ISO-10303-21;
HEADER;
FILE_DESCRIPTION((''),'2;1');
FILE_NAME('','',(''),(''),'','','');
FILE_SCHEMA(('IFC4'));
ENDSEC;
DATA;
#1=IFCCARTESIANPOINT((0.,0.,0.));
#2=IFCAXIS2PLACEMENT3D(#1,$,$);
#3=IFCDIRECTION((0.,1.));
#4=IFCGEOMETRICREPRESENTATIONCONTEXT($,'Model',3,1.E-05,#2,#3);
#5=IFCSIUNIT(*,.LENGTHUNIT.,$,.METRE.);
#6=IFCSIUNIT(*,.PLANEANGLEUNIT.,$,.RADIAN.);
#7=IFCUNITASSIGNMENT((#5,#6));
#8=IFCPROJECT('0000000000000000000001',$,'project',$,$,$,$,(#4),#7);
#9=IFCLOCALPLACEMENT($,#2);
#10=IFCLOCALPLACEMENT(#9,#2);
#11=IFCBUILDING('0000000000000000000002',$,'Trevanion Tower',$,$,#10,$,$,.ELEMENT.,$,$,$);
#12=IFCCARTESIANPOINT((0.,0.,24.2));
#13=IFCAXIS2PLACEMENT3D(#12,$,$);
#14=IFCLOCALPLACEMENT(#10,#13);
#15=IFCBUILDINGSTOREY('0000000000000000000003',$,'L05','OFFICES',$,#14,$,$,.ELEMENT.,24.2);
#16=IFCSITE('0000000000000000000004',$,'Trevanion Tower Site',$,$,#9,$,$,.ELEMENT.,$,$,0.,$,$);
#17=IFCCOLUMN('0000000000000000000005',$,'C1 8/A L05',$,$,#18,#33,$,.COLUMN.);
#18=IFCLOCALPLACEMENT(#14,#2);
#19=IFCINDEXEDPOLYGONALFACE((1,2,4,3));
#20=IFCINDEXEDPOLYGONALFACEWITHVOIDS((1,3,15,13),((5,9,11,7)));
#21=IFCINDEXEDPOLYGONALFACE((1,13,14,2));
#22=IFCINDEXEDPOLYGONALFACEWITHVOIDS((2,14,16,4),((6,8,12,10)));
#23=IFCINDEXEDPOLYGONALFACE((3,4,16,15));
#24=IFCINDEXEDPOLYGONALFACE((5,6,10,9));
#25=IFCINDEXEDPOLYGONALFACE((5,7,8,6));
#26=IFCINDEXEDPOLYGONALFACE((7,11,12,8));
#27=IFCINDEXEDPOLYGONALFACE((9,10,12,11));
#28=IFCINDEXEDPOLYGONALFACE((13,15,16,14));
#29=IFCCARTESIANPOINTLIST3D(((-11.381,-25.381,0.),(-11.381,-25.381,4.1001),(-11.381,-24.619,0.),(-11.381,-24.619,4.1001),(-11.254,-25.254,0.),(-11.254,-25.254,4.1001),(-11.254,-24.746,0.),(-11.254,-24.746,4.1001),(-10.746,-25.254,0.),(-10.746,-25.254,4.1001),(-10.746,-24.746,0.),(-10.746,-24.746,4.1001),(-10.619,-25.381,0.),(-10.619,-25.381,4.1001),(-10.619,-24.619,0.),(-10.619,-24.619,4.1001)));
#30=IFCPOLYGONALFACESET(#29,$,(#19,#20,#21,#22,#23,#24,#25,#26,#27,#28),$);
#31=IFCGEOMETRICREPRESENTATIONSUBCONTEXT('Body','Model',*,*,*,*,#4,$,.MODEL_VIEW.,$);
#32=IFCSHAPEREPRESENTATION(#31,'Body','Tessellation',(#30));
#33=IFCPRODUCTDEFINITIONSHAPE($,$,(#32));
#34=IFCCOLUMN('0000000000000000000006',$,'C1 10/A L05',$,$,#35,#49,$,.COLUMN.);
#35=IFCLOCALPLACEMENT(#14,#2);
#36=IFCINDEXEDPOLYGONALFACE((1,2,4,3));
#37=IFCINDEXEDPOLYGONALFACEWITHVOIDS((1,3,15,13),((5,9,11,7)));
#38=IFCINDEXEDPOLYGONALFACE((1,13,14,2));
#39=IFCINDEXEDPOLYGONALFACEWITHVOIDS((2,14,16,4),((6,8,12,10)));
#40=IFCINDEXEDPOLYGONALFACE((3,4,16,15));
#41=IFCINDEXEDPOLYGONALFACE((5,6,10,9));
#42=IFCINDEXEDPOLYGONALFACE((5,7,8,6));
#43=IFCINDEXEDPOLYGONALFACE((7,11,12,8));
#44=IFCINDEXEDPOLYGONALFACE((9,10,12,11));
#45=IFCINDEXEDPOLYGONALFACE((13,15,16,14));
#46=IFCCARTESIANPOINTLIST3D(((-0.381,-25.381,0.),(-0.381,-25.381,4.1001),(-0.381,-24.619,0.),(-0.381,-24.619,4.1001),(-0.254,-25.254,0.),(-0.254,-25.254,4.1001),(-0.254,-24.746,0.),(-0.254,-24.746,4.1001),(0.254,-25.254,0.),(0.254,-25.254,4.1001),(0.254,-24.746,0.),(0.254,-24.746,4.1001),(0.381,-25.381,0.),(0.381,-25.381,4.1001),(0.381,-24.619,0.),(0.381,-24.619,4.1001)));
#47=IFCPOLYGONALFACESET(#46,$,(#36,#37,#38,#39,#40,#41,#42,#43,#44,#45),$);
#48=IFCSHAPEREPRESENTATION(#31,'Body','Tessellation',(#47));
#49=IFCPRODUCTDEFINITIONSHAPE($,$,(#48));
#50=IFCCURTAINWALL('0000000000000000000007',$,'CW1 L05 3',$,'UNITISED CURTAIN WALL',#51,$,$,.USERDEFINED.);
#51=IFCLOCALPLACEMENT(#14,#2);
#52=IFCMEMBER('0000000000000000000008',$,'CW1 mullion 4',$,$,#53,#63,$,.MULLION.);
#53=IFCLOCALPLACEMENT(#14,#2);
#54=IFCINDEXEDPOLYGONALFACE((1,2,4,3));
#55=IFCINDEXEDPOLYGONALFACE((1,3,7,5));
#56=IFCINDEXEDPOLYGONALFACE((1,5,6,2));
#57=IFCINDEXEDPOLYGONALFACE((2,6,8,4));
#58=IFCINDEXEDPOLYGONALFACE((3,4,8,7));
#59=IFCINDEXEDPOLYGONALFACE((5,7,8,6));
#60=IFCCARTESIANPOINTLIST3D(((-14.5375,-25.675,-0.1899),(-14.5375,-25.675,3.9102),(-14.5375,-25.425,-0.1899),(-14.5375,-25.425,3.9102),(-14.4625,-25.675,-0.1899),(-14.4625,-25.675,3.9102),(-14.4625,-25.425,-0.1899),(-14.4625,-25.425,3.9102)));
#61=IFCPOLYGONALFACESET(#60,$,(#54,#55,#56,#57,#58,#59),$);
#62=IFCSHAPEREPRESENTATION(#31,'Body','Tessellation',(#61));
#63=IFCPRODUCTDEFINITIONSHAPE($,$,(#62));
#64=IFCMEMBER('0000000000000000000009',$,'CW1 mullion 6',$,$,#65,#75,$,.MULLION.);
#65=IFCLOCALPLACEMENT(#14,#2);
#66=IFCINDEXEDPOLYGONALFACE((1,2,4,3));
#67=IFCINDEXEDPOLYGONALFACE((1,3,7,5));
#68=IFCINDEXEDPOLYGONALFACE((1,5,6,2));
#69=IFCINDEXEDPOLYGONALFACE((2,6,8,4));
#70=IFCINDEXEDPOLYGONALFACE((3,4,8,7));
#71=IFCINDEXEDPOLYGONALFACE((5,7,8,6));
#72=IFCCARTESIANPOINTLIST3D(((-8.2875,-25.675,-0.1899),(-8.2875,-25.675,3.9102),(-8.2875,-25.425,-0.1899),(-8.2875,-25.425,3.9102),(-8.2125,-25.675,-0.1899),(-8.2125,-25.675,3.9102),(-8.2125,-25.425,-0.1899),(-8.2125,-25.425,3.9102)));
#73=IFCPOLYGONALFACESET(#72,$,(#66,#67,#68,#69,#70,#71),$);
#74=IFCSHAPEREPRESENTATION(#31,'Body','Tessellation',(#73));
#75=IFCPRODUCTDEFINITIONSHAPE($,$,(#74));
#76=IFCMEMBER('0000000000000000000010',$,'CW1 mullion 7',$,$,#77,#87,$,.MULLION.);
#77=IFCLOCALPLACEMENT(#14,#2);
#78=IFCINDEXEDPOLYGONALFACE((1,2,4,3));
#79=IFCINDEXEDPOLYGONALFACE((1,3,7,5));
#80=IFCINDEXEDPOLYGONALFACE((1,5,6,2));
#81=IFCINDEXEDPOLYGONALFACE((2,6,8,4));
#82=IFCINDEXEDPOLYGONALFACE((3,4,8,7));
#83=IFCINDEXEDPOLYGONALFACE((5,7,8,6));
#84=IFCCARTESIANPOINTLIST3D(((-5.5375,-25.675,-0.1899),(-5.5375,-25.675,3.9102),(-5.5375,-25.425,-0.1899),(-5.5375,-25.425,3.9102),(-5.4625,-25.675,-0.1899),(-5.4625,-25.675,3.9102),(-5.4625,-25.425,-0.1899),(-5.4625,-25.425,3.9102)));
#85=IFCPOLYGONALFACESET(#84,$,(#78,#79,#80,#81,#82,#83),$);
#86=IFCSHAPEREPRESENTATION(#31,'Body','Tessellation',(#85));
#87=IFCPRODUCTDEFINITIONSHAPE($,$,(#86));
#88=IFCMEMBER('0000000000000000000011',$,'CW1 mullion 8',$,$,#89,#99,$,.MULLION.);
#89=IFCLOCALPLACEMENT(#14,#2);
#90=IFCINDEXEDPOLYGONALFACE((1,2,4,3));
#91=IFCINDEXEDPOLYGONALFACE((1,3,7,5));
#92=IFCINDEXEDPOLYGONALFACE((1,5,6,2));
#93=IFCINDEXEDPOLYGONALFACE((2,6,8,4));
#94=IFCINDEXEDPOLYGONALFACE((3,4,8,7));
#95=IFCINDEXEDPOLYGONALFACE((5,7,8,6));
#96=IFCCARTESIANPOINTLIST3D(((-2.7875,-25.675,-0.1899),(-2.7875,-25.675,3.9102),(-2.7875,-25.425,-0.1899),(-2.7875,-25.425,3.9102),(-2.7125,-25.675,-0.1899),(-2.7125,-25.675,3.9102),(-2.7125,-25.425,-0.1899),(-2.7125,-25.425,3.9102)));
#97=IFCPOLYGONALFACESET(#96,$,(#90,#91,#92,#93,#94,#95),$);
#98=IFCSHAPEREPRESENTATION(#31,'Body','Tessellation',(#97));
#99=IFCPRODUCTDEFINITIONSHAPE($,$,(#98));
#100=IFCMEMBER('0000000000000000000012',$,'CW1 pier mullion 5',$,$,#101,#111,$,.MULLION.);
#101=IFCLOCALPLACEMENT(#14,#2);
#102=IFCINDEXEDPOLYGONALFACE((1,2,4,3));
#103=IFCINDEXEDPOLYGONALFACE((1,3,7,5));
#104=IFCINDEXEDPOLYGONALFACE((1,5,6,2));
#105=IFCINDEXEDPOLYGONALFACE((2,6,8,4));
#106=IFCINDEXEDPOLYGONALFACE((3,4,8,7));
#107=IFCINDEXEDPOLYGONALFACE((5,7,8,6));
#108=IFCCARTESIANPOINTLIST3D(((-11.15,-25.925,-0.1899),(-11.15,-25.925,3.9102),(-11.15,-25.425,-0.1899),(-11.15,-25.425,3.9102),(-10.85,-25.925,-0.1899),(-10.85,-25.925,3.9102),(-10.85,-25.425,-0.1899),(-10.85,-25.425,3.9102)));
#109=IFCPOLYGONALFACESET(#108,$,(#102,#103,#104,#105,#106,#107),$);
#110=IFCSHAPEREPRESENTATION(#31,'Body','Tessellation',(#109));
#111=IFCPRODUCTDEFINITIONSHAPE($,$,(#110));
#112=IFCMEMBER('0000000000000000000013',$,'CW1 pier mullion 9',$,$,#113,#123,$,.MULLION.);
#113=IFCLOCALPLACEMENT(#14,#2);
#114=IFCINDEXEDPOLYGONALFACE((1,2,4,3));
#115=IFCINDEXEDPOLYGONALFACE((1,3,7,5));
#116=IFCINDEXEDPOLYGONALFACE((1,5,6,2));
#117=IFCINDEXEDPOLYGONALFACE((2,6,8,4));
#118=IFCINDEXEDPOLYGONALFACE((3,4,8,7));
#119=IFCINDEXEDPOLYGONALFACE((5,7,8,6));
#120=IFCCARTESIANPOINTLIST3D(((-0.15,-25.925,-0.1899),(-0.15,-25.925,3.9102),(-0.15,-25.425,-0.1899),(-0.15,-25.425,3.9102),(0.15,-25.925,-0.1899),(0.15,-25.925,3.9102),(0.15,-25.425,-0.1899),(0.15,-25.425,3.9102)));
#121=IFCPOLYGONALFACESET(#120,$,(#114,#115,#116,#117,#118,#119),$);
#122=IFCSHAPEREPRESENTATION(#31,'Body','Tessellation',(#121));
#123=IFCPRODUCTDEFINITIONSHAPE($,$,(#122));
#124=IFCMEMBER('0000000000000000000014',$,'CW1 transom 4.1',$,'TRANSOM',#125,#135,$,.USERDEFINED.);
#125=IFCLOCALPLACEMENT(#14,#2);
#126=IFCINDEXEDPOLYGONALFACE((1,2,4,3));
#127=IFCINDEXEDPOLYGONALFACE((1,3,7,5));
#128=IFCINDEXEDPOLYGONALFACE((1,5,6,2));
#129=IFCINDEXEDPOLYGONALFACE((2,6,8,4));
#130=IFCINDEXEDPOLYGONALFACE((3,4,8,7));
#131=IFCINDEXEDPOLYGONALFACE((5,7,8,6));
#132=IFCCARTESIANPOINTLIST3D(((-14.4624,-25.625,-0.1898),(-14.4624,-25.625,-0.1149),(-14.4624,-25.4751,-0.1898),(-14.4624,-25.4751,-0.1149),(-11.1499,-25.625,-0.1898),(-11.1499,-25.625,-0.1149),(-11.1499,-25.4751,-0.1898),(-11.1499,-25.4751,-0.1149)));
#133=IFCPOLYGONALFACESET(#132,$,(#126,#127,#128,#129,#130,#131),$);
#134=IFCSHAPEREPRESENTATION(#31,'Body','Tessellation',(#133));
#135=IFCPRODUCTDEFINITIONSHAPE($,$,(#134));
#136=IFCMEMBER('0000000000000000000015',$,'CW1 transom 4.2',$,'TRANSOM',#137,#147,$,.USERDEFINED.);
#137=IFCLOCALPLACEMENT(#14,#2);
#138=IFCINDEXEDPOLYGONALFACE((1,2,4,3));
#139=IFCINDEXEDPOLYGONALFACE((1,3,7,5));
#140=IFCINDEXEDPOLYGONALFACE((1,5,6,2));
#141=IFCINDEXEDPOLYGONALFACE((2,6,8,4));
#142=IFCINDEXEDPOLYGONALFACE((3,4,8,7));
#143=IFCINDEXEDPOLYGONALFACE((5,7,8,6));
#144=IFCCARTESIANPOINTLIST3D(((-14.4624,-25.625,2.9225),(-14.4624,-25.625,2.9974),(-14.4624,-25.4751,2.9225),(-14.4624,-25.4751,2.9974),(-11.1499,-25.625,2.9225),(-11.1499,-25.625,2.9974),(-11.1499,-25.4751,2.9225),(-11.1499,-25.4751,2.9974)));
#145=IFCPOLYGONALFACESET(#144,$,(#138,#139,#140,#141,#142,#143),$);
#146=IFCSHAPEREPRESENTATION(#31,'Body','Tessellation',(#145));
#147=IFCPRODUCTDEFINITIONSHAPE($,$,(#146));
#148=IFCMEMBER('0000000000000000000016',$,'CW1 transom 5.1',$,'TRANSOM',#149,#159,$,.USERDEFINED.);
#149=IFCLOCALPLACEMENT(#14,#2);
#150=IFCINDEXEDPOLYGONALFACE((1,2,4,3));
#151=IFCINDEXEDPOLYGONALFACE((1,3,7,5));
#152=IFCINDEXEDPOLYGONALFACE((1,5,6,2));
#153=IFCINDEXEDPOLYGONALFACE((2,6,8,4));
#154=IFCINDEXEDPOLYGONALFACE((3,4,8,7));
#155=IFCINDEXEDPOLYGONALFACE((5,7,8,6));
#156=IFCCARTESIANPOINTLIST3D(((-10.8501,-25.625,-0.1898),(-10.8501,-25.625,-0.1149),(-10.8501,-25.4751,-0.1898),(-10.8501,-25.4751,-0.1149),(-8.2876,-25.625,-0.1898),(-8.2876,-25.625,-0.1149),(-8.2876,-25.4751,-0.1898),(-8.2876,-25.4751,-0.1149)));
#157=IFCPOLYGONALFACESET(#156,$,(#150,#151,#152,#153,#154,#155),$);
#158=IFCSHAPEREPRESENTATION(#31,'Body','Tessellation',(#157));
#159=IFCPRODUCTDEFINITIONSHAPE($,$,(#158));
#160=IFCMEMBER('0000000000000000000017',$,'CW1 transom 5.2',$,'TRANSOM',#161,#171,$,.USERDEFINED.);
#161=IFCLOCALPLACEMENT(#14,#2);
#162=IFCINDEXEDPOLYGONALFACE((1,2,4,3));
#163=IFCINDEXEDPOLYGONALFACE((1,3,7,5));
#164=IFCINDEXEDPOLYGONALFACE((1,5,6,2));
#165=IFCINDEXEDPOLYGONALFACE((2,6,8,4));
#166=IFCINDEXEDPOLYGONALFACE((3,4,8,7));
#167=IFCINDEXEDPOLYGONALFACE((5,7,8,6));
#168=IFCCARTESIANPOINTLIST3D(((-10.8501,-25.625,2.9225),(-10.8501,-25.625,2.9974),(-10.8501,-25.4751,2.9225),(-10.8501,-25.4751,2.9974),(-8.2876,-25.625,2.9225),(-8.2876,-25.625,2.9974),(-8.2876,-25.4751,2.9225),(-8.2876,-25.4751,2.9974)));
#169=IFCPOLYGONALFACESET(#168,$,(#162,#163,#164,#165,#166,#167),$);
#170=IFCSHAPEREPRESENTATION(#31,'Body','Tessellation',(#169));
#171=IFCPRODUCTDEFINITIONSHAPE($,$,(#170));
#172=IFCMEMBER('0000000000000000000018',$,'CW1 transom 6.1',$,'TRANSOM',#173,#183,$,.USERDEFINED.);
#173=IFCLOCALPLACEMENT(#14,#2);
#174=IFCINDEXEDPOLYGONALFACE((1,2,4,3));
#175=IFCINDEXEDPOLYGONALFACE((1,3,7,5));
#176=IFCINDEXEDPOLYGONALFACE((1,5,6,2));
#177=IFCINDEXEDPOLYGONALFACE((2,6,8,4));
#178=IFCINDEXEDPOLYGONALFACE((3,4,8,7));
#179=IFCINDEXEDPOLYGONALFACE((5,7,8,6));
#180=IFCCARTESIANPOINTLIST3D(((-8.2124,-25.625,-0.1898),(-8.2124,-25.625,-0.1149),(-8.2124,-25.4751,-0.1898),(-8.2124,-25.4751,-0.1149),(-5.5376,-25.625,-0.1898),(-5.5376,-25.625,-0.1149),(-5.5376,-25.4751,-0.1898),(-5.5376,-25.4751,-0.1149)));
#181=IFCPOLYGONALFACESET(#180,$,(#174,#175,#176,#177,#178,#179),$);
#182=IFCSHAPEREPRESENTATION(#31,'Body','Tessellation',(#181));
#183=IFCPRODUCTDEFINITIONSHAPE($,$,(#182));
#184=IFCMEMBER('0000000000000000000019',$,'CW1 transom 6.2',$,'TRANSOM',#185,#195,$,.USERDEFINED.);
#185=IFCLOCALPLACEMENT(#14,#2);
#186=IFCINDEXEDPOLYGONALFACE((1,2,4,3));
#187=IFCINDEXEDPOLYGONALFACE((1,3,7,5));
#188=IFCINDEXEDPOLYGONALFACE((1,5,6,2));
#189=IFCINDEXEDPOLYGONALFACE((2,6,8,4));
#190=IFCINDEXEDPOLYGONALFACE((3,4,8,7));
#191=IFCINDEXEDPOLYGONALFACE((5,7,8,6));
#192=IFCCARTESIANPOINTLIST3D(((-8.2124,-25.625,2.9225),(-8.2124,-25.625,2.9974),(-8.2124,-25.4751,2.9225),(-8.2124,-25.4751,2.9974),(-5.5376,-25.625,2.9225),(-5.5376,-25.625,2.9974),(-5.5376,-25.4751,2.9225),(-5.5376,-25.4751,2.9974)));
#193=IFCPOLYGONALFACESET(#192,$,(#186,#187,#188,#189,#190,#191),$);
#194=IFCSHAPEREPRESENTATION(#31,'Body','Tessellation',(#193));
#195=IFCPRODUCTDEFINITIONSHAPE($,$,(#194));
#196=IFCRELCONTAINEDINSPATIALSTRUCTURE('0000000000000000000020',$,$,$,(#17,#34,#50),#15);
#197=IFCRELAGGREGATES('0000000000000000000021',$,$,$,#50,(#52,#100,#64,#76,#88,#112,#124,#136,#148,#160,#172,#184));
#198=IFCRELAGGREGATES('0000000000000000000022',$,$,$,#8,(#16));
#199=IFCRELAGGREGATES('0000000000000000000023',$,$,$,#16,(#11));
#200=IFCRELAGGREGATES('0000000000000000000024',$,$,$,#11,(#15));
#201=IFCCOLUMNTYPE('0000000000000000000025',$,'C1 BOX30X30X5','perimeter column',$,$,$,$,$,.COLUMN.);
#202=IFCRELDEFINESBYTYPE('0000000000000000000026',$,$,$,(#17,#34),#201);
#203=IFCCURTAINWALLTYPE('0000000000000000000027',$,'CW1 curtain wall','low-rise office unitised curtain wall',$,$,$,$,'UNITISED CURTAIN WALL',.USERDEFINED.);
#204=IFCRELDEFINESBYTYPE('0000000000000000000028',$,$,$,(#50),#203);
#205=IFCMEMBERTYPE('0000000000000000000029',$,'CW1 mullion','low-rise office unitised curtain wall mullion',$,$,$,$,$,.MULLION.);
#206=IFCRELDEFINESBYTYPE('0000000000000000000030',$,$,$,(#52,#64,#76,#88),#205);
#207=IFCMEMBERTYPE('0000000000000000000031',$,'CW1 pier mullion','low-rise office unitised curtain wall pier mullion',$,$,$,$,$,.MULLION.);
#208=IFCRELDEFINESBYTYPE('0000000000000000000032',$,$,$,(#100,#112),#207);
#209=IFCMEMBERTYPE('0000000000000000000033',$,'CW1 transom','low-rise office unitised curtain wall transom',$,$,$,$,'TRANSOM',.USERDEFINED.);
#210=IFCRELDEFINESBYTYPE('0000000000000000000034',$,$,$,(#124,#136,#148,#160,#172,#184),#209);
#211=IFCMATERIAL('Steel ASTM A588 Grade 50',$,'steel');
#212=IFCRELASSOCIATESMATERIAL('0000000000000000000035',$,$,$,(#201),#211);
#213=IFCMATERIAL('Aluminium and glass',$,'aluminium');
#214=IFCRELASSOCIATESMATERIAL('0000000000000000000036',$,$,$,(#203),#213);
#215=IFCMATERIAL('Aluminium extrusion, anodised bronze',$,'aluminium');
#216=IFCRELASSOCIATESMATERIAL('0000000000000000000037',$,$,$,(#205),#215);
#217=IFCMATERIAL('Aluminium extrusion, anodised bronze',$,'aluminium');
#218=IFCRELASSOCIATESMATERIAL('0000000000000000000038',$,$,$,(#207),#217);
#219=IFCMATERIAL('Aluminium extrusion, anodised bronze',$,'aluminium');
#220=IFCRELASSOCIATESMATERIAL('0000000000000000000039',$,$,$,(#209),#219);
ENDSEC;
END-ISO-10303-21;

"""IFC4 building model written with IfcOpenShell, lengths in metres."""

from ifc_helpers import new_model, si_unit, direction, frame, origin, origin_2d, place, context, subcontext, project, spatial, rectangle, hollow_rectangle, extrude, material, material_profile, profile_set, type_object, element, aggregate, save


model = new_model("IFC4")

# Units and contexts
model_context = context("Model", 3, precision=1e-05, world=origin(), true_north=direction((0.0, 1.0)))
body_context = subcontext(model_context, "Body", "Model", "MODEL_VIEW")
ifc_project = project(units=[si_unit("LENGTHUNIT", "METRE"), si_unit("PLANEANGLEUNIT", "RADIAN")], contexts=[model_context])

# Site, building, storey
site_placement = place(None, origin())
site = spatial("IfcSite", under=ifc_project, at=site_placement, Name="Trevanion Tower Site", CompositionType="ELEMENT", RefElevation=0.0)
building_placement = place(site_placement, origin())
building = spatial("IfcBuilding", under=site, at=building_placement, Name="Trevanion Tower", CompositionType="ELEMENT")
storey_placement = place(building_placement, frame((0.0, 0.0, 24.2)))
storey = spatial("IfcBuildingStorey", under=building, at=storey_placement, Name="L05", Description="OFFICES", CompositionType="ELEMENT", Elevation=24.2)

# Columns
ifc_material_1 = material(Name="Steel ASTM A588 Grade 50", Category="steel")
ifc_material_profile_1 = material_profile(ifc_material_1, hollow_rectangle(XDim=0.762, YDim=0.762, WallThickness=0.127, at=origin_2d()), Name="BOX30X30X5")
ifc_profile_set_1 = profile_set([ifc_material_profile_1], Name="Steel ASTM A588 Grade 50")
column_type = type_object("IfcColumnType", Name="C1 BOX30X30X5", Description="perimeter column", PredefinedType="COLUMN", material=ifc_profile_set_1)
for number, where, z_axis, x_axis, name in (
    (1, (-11.0, -25.0, 0.0), (0.0, 0.0, 1.0), (1.0, 0.0, 0.0), "C1 8/A L05"),
    (2, (0.0, -25.0, 0.0), (0.0, 0.0, 1.0), (1.0, 0.0, 0.0), "C1 10/A L05"),
):
    element("IfcColumn", number, at=place(storey_placement, frame(where, z_axis=z_axis, x_axis=x_axis)), inside=storey, type_object=column_type, Name=name, PredefinedType="COLUMN", context=body_context, shape_type="SweptSolid", body=[
        extrude(hollow_rectangle(XDim=0.762, YDim=0.762, WallThickness=0.127, at=origin_2d()), origin(), (0.0, 0.0, 1.0), 4.1001),
    ])

# Curtain wall, members
ifc_material_2 = material(Name="Aluminium and glass", Category="aluminium")
curtain_wall_type = type_object("IfcCurtainWallType", Name="CW1 curtain wall", Description="low-rise office unitised curtain wall", ElementType="UNITISED CURTAIN WALL", PredefinedType="USERDEFINED", material=ifc_material_2)
curtain_wall_placement = place(storey_placement, origin())
curtain_wall = element("IfcCurtainWall", 3, at=curtain_wall_placement, inside=storey, type_object=curtain_wall_type, Name="CW1 L05 3", ObjectType="UNITISED CURTAIN WALL", PredefinedType="USERDEFINED")
ifc_material_3 = material(Name="Aluminium extrusion, anodised bronze", Category="aluminium")
ifc_material_profile_2 = material_profile(ifc_material_3, rectangle(XDim=0.075, YDim=0.25, at=origin_2d()), Name="CW1 mullion")
ifc_profile_set_2 = profile_set([ifc_material_profile_2], Name="Aluminium extrusion, anodised bronze")
member_type_1 = type_object("IfcMemberType", Name="CW1 mullion", Description="low-rise office unitised curtain wall mullion", PredefinedType="MULLION", material=ifc_profile_set_2)
member_1_placement = place(storey_placement, frame((-14.5, -25.55, -0.1899), z_axis=(0.0, 0.0, 1.0), x_axis=(1.0, 0.0, 0.0)))
member_1 = element("IfcMember", 4, at=member_1_placement, type_object=member_type_1, Name="CW1 mullion 4", PredefinedType="MULLION", context=body_context, shape_type="SweptSolid", body=[
    extrude(rectangle(XDim=0.075, YDim=0.25, at=origin_2d()), origin(), (0.0, 0.0, 1.0), 4.1001),
])
member_2_placement = place(storey_placement, frame((-8.25, -25.55, -0.1899), z_axis=(0.0, 0.0, 1.0), x_axis=(1.0, 0.0, 0.0)))
member_2 = element("IfcMember", 5, at=member_2_placement, type_object=member_type_1, Name="CW1 mullion 6", PredefinedType="MULLION", context=body_context, shape_type="SweptSolid", body=[
    extrude(rectangle(XDim=0.075, YDim=0.25, at=origin_2d()), origin(), (0.0, 0.0, 1.0), 4.1001),
])
member_3_placement = place(storey_placement, frame((-5.5, -25.55, -0.1899), z_axis=(0.0, 0.0, 1.0), x_axis=(1.0, 0.0, 0.0)))
member_3 = element("IfcMember", 6, at=member_3_placement, type_object=member_type_1, Name="CW1 mullion 7", PredefinedType="MULLION", context=body_context, shape_type="SweptSolid", body=[
    extrude(rectangle(XDim=0.075, YDim=0.25, at=origin_2d()), origin(), (0.0, 0.0, 1.0), 4.1001),
])
member_4_placement = place(storey_placement, frame((-2.75, -25.55, -0.1899), z_axis=(0.0, 0.0, 1.0), x_axis=(1.0, 0.0, 0.0)))
member_4 = element("IfcMember", 7, at=member_4_placement, type_object=member_type_1, Name="CW1 mullion 8", PredefinedType="MULLION", context=body_context, shape_type="SweptSolid", body=[
    extrude(rectangle(XDim=0.075, YDim=0.25, at=origin_2d()), origin(), (0.0, 0.0, 1.0), 4.1001),
])
ifc_material_4 = material(Name="Aluminium extrusion, anodised bronze", Category="aluminium")
ifc_material_profile_3 = material_profile(ifc_material_4, rectangle(XDim=0.3, YDim=0.5, at=origin_2d()), Name="CW1 pier mullion")
ifc_profile_set_3 = profile_set([ifc_material_profile_3], Name="Aluminium extrusion, anodised bronze")
member_type_2 = type_object("IfcMemberType", Name="CW1 pier mullion", Description="low-rise office unitised curtain wall pier mullion", PredefinedType="MULLION", material=ifc_profile_set_3)
member_5_placement = place(storey_placement, frame((-11.0, -25.675, -0.1899), z_axis=(0.0, 0.0, 1.0), x_axis=(1.0, 0.0, 0.0)))
member_5 = element("IfcMember", 8, at=member_5_placement, type_object=member_type_2, Name="CW1 pier mullion 5", PredefinedType="MULLION", context=body_context, shape_type="SweptSolid", body=[
    extrude(rectangle(XDim=0.3, YDim=0.5, at=origin_2d()), origin(), (0.0, 0.0, 1.0), 4.1001),
])
member_6_placement = place(storey_placement, frame((0.0, -25.675, -0.1899), z_axis=(0.0, 0.0, 1.0), x_axis=(1.0, 0.0, 0.0)))
member_6 = element("IfcMember", 9, at=member_6_placement, type_object=member_type_2, Name="CW1 pier mullion 9", PredefinedType="MULLION", context=body_context, shape_type="SweptSolid", body=[
    extrude(rectangle(XDim=0.3, YDim=0.5, at=origin_2d()), origin(), (0.0, 0.0, 1.0), 4.1001),
])
ifc_material_5 = material(Name="Aluminium extrusion, anodised bronze", Category="aluminium")
ifc_material_profile_4 = material_profile(ifc_material_5, rectangle(XDim=0.1499, YDim=0.075, at=origin_2d()), Name="CW1 transom")
ifc_profile_set_4 = profile_set([ifc_material_profile_4], Name="Aluminium extrusion, anodised bronze")
member_type_3 = type_object("IfcMemberType", Name="CW1 transom", Description="low-rise office unitised curtain wall transom", ElementType="TRANSOM", PredefinedType="USERDEFINED", material=ifc_profile_set_4)
member_7_placement = place(storey_placement, frame((-14.4624, -25.55, -0.1523), z_axis=(1.0, 0.0, 0.0), x_axis=(0.0, 1.0, 0.0)))
member_7 = element("IfcMember", 10, at=member_7_placement, type_object=member_type_3, Name="CW1 transom 4.1", ObjectType="TRANSOM", PredefinedType="USERDEFINED", context=body_context, shape_type="SweptSolid", body=[
    extrude(rectangle(XDim=0.1499, YDim=0.075, at=origin_2d()), origin(), (0.0, 0.0, 1.0), 3.3125),
])
member_8_placement = place(storey_placement, frame((-14.4624, -25.55, 2.96), z_axis=(1.0, 0.0, 0.0), x_axis=(0.0, 1.0, 0.0)))
member_8 = element("IfcMember", 11, at=member_8_placement, type_object=member_type_3, Name="CW1 transom 4.2", ObjectType="TRANSOM", PredefinedType="USERDEFINED", context=body_context, shape_type="SweptSolid", body=[
    extrude(rectangle(XDim=0.1499, YDim=0.075, at=origin_2d()), origin(), (0.0, 0.0, 1.0), 3.3125),
])
member_9_placement = place(storey_placement, frame((-10.8501, -25.55, -0.1523), z_axis=(1.0, 0.0, 0.0), x_axis=(0.0, 1.0, 0.0)))
member_9 = element("IfcMember", 12, at=member_9_placement, type_object=member_type_3, Name="CW1 transom 5.1", ObjectType="TRANSOM", PredefinedType="USERDEFINED", context=body_context, shape_type="SweptSolid", body=[
    extrude(rectangle(XDim=0.1499, YDim=0.075, at=origin_2d()), origin(), (0.0, 0.0, 1.0), 2.5625),
])
member_10_placement = place(storey_placement, frame((-10.8501, -25.55, 2.96), z_axis=(1.0, 0.0, 0.0), x_axis=(0.0, 1.0, 0.0)))
member_10 = element("IfcMember", 13, at=member_10_placement, type_object=member_type_3, Name="CW1 transom 5.2", ObjectType="TRANSOM", PredefinedType="USERDEFINED", context=body_context, shape_type="SweptSolid", body=[
    extrude(rectangle(XDim=0.1499, YDim=0.075, at=origin_2d()), origin(), (0.0, 0.0, 1.0), 2.5625),
])
member_11_placement = place(storey_placement, frame((-8.2124, -25.55, -0.1523), z_axis=(1.0, 0.0, 0.0), x_axis=(0.0, 1.0, 0.0)))
member_11 = element("IfcMember", 14, at=member_11_placement, type_object=member_type_3, Name="CW1 transom 6.1", ObjectType="TRANSOM", PredefinedType="USERDEFINED", context=body_context, shape_type="SweptSolid", body=[
    extrude(rectangle(XDim=0.1499, YDim=0.075, at=origin_2d()), origin(), (0.0, 0.0, 1.0), 2.6748),
])
member_12_placement = place(storey_placement, frame((-8.2124, -25.55, 2.96), z_axis=(1.0, 0.0, 0.0), x_axis=(0.0, 1.0, 0.0)))
member_12 = element("IfcMember", 15, at=member_12_placement, type_object=member_type_3, Name="CW1 transom 6.2", ObjectType="TRANSOM", PredefinedType="USERDEFINED", context=body_context, shape_type="SweptSolid", body=[
    extrude(rectangle(XDim=0.1499, YDim=0.075, at=origin_2d()), origin(), (0.0, 0.0, 1.0), 2.6748),
])

aggregate(curtain_wall, [member_1, member_5, member_2, member_3, member_4, member_6, member_7, member_8, member_9, member_10, member_11, member_12])

save(model, "model.ifc")
